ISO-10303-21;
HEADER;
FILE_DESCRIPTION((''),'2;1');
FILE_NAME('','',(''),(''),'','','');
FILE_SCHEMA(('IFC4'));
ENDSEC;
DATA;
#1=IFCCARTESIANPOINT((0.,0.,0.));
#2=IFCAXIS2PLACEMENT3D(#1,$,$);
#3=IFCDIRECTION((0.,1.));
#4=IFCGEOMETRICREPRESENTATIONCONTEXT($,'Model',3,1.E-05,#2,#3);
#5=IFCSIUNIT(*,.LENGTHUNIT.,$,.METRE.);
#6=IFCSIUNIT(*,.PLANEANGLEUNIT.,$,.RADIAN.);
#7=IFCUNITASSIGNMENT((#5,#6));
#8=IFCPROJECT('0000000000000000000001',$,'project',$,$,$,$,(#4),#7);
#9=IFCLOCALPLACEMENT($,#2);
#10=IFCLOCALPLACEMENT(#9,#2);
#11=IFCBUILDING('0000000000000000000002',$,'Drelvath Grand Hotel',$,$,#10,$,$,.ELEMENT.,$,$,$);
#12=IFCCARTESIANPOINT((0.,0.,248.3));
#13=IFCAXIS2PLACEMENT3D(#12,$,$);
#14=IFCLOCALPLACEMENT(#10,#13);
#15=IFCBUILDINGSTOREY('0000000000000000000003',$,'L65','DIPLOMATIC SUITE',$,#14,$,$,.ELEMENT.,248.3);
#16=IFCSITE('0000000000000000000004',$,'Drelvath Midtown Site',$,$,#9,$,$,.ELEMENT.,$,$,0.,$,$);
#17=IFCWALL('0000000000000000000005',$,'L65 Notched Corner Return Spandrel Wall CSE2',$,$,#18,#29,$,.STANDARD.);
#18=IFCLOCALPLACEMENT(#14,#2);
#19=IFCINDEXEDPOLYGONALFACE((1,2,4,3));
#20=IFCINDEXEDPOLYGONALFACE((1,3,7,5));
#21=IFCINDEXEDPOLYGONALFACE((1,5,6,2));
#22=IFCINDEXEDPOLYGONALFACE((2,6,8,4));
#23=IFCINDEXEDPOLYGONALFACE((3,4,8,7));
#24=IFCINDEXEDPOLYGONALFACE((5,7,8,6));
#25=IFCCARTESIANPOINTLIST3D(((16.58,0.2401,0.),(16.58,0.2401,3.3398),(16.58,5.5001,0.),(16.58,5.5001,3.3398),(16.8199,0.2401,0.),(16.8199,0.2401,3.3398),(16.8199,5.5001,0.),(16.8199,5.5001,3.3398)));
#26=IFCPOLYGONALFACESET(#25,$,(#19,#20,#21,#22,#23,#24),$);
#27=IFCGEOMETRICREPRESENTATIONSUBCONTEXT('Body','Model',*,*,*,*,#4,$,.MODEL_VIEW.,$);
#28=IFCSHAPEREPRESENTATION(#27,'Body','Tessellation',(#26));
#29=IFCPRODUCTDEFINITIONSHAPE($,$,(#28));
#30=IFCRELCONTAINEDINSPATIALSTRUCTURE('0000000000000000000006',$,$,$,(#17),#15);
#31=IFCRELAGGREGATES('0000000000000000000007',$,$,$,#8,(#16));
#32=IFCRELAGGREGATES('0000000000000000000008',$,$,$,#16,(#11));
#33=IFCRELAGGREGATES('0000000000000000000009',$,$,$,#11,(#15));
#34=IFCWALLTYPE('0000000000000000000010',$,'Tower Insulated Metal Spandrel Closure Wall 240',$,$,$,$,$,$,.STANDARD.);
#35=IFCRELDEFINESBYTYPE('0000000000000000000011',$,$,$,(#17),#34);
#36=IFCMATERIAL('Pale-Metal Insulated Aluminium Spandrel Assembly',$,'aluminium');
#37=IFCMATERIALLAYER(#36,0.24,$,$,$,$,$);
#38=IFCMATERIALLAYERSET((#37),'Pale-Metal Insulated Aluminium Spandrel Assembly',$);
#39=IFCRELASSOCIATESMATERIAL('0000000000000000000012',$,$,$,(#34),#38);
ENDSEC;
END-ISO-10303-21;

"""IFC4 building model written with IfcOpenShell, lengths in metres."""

from ifc_helpers import new_model, si_unit, direction, frame, frame_2d, origin, place, context, subcontext, project, spatial, rectangle, extrude, material, layer, layer_set, type_object, element, save


model = new_model("IFC4")

# Units and contexts
model_context = context("Model", 3, precision=1e-05, world=origin(), true_north=direction((0.0, 1.0)))
body_context = subcontext(model_context, "Body", "Model", "MODEL_VIEW")
ifc_project = project(units=[si_unit("LENGTHUNIT", "METRE"), si_unit("PLANEANGLEUNIT", "RADIAN")], contexts=[model_context])

# Site, building, storey
site_placement = place(None, origin())
site = spatial("IfcSite", under=ifc_project, at=site_placement, Name="Drelvath Midtown Site", CompositionType="ELEMENT", RefElevation=0.0)
building_placement = place(site_placement, origin())
building = spatial("IfcBuilding", under=site, at=building_placement, Name="Drelvath Grand Hotel", CompositionType="ELEMENT")
storey_placement = place(building_placement, frame((0.0, 0.0, 248.3)))
storey = spatial("IfcBuildingStorey", under=building, at=storey_placement, Name="L65", Description="DIPLOMATIC SUITE", CompositionType="ELEMENT", Elevation=248.3)

# Wall
ifc_material_1 = material(Name="Pale-Metal Insulated Aluminium Spandrel Assembly", Category="aluminium")
ifc_layer_1 = layer(ifc_material_1, 0.24)
ifc_layer_set_1 = layer_set([ifc_layer_1], Name="Pale-Metal Insulated Aluminium Spandrel Assembly")
wall_type_1 = type_object("IfcWallType", Name="Tower Insulated Metal Spandrel Closure Wall 240", PredefinedType="STANDARD", material=ifc_layer_set_1)
wall_1_placement = place(storey_placement, frame((16.7, 5.5, 0.0), z_axis=(0.0, 0.0, 1.0), x_axis=(0.0, -1.0, 0.0)))
element("IfcWall", 1, at=wall_1_placement, inside=storey, type_object=wall_type_1, Name="L65 Notched Corner Return Spandrel Wall CSE2", PredefinedType="STANDARD", context=body_context, shape_type="SweptSolid", body=[
    extrude(rectangle(XDim=5.26, YDim=0.24, at=frame_2d((2.6299, 0.0))), origin(), (0.0, 0.0, 1.0), 3.3398),
])

save(model, "model.ifc")
